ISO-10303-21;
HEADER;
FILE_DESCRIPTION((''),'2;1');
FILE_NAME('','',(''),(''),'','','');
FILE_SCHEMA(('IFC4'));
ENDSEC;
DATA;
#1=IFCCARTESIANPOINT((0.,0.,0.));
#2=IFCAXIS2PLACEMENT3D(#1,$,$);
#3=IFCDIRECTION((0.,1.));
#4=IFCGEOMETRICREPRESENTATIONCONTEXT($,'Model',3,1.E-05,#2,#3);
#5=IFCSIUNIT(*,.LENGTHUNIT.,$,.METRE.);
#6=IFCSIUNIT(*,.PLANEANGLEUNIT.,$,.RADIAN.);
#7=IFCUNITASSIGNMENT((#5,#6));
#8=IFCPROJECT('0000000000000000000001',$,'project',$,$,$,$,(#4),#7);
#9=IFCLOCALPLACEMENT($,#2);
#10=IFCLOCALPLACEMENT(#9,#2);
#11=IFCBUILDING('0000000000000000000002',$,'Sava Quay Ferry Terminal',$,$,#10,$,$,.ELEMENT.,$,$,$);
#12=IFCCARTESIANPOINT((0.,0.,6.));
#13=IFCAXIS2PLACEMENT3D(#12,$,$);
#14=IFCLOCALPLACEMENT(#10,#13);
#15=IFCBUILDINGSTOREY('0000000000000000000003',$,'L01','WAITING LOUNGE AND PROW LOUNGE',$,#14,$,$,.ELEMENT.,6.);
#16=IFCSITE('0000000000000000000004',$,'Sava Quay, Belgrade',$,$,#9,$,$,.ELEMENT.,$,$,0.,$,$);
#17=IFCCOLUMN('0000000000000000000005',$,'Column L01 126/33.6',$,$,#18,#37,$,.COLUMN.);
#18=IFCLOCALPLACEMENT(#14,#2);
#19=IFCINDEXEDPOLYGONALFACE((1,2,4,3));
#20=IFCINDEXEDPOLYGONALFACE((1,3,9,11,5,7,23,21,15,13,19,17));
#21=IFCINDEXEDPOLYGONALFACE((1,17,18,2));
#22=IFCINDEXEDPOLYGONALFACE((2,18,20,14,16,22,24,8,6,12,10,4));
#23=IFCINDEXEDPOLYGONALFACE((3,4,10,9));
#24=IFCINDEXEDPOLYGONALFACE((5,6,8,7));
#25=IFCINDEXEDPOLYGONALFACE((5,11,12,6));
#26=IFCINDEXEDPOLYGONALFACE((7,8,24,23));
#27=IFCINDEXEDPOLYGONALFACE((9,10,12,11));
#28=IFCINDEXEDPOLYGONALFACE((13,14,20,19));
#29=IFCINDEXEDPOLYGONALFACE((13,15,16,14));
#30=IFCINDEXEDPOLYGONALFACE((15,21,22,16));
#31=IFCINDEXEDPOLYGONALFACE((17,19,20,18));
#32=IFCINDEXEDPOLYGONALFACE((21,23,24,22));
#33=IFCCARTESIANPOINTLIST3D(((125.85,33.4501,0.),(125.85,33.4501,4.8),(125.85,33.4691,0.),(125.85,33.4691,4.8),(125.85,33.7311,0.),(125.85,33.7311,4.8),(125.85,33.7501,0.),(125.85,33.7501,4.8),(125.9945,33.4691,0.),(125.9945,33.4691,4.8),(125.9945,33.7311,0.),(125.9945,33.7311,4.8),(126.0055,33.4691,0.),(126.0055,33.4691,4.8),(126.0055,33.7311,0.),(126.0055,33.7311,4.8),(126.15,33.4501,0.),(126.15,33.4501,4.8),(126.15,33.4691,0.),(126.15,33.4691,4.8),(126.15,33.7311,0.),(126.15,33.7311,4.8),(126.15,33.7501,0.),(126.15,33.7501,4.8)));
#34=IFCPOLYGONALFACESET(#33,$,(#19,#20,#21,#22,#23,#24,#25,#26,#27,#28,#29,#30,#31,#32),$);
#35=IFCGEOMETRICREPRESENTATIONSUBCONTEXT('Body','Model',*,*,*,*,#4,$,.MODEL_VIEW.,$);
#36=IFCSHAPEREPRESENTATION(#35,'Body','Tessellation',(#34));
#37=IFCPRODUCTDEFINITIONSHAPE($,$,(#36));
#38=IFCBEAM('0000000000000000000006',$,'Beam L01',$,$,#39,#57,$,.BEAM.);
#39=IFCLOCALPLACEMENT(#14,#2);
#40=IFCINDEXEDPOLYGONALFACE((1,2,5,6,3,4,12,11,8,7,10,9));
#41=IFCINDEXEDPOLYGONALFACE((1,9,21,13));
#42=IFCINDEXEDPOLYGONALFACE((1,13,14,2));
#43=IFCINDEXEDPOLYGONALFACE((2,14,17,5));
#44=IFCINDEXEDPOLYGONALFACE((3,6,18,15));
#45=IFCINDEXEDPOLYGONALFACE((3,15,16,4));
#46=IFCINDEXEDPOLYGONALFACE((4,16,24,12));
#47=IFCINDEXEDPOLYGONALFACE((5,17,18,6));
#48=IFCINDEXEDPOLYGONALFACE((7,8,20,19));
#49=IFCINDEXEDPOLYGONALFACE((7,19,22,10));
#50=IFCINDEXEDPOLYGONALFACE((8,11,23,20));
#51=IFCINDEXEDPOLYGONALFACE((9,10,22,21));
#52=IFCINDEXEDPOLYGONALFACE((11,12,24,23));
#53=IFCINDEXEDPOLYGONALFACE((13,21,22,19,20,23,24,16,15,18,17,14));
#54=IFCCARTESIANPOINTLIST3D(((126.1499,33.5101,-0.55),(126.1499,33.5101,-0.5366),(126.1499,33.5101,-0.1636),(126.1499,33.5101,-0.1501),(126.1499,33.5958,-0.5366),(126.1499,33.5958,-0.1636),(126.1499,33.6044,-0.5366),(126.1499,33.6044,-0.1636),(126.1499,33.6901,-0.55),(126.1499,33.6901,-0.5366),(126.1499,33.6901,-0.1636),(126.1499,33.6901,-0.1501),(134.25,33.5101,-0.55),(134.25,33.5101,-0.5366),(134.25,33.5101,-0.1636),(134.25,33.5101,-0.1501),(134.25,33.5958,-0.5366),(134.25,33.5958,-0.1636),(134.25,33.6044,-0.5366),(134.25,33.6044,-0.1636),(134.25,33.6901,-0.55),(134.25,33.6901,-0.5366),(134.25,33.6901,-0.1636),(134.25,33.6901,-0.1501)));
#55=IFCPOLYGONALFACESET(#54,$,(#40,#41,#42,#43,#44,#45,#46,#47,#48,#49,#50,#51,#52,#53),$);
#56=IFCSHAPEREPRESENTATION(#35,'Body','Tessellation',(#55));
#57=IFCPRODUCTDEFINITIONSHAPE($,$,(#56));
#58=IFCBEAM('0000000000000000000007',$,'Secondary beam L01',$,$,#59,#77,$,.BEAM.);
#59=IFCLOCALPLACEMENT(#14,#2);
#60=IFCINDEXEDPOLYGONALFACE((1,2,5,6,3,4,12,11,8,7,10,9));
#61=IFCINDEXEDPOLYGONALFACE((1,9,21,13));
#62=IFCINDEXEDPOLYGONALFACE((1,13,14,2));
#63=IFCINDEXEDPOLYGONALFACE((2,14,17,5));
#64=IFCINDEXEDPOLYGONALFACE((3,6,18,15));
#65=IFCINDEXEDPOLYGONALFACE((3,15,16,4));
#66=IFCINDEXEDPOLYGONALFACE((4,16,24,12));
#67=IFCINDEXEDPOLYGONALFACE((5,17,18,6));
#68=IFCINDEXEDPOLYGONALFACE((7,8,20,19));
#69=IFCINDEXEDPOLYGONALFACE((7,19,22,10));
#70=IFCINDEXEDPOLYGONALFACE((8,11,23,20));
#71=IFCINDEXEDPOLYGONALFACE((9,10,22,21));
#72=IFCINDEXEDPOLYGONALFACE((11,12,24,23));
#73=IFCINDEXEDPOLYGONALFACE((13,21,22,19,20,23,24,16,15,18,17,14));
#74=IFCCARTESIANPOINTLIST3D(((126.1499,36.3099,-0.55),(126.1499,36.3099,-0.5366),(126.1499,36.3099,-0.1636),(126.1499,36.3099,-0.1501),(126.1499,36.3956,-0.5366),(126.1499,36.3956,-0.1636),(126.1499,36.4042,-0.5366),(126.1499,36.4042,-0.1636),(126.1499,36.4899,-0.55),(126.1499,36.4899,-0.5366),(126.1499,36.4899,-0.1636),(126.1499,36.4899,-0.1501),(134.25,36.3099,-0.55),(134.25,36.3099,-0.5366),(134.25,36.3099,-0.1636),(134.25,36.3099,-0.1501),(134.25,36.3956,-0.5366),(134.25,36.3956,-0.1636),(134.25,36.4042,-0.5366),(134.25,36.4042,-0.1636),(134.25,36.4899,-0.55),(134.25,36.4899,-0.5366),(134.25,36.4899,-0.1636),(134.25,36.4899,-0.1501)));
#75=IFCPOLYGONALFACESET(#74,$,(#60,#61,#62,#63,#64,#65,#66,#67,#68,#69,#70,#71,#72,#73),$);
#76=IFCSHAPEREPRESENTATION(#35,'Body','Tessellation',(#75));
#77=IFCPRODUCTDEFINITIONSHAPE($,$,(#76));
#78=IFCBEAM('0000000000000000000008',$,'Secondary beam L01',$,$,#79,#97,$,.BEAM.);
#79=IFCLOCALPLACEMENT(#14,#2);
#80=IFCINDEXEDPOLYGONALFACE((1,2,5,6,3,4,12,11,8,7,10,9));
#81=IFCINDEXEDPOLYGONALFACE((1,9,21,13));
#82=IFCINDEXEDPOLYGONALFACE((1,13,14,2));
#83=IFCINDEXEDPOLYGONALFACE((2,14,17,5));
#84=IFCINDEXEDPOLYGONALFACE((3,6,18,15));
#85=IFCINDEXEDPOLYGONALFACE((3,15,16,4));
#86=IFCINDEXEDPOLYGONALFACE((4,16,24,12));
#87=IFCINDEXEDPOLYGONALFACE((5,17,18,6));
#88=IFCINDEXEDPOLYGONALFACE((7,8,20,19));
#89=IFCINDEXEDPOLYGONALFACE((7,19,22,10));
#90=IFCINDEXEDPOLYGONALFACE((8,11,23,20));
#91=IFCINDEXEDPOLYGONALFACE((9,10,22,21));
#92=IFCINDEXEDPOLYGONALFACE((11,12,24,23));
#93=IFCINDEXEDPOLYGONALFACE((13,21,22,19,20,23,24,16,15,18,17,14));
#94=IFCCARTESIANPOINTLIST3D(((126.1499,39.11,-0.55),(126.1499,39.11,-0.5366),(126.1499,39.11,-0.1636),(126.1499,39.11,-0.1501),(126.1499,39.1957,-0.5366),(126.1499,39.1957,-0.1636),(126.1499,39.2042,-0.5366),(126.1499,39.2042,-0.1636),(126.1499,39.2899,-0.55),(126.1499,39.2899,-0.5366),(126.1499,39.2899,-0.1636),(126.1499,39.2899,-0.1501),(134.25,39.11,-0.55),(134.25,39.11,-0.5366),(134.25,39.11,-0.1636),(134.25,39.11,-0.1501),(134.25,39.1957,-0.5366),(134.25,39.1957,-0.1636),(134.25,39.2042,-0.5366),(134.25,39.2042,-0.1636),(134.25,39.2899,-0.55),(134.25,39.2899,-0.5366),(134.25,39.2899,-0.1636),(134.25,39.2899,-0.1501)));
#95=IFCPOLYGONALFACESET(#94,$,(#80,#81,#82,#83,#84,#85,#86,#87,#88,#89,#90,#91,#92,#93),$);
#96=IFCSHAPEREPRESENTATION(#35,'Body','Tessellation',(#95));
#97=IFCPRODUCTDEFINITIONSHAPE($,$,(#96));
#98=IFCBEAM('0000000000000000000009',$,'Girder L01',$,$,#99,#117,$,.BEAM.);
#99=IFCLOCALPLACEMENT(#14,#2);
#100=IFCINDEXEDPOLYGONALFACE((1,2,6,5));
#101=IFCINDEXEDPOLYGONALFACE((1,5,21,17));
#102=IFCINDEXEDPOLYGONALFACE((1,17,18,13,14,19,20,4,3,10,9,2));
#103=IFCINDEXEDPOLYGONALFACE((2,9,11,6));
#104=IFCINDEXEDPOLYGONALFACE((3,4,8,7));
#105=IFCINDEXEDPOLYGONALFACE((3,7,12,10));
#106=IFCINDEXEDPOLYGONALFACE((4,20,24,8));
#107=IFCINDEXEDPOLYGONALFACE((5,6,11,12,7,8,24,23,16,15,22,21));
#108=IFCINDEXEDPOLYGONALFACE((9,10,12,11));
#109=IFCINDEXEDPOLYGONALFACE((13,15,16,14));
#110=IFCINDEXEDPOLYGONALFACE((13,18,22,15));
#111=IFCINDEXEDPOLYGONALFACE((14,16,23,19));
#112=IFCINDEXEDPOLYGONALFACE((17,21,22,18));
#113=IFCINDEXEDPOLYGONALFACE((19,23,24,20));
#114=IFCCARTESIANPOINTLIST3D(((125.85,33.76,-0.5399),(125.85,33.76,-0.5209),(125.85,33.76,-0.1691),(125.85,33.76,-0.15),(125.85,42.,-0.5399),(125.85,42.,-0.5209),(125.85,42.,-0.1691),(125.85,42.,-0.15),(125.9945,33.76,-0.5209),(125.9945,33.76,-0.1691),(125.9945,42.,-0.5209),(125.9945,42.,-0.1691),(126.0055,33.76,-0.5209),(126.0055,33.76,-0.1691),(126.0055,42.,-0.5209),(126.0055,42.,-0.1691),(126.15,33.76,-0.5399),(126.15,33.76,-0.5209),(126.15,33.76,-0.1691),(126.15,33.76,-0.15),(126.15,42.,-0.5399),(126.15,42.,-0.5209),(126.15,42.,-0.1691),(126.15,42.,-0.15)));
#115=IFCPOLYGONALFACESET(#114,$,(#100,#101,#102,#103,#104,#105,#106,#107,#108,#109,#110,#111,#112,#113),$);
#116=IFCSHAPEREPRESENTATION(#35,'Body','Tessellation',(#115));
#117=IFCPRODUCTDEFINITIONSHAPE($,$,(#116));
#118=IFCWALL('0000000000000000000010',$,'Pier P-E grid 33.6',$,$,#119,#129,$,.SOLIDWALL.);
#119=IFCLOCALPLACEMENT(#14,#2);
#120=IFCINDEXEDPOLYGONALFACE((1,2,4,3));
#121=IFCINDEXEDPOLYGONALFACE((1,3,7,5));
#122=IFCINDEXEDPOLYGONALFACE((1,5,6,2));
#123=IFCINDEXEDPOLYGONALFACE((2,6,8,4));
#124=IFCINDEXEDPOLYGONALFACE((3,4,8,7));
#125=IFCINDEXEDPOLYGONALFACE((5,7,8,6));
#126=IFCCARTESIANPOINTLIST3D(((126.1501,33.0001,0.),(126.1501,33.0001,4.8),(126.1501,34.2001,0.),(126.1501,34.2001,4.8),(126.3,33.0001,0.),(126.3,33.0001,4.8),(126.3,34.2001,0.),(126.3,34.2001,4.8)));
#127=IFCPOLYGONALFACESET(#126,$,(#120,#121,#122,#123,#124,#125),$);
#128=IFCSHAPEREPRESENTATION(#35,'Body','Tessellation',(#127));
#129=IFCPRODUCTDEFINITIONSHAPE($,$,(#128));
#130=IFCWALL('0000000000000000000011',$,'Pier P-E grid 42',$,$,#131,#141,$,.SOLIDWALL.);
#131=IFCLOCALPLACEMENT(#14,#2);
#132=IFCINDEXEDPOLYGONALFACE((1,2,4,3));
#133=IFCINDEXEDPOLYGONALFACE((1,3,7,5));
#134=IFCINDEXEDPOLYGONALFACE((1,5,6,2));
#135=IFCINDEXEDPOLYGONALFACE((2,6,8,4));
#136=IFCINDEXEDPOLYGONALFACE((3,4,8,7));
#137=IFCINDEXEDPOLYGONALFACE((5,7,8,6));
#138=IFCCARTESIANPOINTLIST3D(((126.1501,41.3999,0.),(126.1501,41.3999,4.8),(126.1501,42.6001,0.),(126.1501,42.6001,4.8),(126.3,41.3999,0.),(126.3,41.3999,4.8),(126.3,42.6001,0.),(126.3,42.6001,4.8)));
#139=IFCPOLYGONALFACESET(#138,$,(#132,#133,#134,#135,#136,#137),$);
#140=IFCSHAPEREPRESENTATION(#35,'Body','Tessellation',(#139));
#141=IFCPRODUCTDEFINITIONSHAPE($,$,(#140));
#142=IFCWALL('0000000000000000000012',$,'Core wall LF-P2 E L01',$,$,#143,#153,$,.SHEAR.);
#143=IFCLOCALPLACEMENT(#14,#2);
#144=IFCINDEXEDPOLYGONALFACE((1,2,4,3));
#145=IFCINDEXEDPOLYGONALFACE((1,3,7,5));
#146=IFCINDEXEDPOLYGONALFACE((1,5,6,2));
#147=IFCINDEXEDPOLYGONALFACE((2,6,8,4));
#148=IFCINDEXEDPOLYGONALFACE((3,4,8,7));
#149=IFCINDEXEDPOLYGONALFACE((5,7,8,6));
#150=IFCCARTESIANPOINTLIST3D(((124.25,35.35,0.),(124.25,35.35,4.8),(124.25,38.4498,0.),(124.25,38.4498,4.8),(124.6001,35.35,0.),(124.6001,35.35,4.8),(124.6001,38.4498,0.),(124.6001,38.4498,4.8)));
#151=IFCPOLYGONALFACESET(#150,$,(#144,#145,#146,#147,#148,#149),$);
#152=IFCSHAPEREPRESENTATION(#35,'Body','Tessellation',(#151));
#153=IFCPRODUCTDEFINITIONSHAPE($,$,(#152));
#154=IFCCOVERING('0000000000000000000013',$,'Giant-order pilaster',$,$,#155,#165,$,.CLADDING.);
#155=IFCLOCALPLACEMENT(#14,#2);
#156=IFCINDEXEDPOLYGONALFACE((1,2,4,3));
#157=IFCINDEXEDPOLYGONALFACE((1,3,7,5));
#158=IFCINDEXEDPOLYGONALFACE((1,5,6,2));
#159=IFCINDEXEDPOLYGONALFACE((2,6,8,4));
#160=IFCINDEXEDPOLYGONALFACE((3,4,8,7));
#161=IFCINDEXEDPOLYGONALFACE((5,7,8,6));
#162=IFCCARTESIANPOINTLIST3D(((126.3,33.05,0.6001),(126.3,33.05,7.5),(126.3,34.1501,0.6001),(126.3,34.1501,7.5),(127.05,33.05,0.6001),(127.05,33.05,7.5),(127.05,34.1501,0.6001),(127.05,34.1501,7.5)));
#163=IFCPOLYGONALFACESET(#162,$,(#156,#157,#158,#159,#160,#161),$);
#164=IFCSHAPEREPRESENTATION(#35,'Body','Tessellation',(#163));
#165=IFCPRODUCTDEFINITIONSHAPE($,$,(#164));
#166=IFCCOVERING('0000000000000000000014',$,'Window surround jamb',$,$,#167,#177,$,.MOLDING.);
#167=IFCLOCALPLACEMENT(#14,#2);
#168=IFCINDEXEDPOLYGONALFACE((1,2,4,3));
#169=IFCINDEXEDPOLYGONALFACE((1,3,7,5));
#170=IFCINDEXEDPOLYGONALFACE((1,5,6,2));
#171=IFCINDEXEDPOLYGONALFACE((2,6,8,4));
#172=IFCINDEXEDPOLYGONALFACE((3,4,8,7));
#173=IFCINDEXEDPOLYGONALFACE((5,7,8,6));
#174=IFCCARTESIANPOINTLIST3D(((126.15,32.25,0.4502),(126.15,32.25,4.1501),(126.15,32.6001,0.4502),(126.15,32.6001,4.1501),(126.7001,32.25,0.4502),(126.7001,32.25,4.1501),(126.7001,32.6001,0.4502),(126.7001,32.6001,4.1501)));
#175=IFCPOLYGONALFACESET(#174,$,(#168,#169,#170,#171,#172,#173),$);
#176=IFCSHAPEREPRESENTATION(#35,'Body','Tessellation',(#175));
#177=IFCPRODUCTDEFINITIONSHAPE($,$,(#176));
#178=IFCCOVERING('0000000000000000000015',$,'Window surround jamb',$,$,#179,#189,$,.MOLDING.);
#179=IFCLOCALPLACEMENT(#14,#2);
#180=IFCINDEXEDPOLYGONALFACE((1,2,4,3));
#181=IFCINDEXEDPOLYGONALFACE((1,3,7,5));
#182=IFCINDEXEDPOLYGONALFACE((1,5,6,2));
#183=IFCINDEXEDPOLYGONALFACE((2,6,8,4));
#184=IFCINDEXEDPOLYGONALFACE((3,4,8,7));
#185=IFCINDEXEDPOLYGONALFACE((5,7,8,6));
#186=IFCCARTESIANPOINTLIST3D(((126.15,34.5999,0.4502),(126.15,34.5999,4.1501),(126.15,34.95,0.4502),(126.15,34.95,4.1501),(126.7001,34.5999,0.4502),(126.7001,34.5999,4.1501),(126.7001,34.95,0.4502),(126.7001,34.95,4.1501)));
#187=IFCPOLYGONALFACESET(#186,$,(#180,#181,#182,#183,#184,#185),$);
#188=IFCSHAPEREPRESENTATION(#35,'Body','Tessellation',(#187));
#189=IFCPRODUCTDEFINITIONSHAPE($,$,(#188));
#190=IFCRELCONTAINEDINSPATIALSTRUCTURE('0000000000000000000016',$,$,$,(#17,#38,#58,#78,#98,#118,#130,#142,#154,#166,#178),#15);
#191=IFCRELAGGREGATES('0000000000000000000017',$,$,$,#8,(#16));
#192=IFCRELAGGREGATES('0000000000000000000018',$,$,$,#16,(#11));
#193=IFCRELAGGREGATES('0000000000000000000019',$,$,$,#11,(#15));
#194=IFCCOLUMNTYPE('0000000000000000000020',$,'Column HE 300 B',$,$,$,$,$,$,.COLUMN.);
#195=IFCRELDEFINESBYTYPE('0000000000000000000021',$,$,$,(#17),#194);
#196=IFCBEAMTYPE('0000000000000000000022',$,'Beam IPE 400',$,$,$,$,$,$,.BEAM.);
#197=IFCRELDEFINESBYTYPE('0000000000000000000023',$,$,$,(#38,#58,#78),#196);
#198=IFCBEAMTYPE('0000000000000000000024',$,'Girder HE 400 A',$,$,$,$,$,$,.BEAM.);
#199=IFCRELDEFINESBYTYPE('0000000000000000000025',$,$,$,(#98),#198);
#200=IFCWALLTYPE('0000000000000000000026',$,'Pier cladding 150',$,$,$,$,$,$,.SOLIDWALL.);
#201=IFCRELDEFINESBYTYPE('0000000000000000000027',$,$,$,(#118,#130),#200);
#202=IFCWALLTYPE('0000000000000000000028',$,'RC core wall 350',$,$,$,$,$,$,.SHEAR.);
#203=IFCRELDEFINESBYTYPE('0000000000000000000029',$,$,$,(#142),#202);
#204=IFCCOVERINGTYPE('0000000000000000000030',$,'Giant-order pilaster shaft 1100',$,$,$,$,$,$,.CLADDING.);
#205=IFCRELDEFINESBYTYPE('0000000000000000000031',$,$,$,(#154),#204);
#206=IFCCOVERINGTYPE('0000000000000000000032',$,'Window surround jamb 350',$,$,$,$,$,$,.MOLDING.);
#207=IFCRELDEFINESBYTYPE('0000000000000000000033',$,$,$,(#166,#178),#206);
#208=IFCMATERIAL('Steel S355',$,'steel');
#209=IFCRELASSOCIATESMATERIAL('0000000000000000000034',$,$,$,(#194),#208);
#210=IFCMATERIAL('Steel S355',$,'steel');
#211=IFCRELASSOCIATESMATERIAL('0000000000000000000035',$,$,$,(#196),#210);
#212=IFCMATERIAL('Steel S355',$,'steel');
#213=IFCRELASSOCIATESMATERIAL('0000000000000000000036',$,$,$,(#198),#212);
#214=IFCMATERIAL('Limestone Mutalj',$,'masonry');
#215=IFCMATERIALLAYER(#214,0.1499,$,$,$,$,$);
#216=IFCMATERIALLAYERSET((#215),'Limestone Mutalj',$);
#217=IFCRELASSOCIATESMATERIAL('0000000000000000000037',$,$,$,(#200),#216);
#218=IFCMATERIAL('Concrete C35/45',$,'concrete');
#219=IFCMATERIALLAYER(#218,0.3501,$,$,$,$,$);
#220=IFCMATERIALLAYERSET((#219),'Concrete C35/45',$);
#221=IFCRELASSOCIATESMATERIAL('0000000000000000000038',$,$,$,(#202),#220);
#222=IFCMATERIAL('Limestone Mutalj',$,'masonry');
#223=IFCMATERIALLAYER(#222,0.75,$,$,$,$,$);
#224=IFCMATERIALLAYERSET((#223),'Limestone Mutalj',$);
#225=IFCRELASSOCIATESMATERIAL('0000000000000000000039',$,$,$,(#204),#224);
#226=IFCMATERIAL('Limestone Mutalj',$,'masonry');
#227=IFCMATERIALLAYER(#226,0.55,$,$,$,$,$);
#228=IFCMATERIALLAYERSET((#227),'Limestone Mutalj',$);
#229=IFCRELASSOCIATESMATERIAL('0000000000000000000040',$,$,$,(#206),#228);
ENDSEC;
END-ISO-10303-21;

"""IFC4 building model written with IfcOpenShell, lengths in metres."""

from ifc_helpers import new_model, si_unit, direction, frame, frame_2d, origin, origin_2d, place, context, subcontext, project, spatial, rectangle, i_section, extrude, material, layer, layer_set, material_profile, profile_set, type_object, element, save


model = new_model("IFC4")

# Units and contexts
model_context = context("Model", 3, precision=1e-05, world=origin(), true_north=direction((0.0, 1.0)))
body_context = subcontext(model_context, "Body", "Model", "MODEL_VIEW")
ifc_project = project(units=[si_unit("LENGTHUNIT", "METRE"), si_unit("PLANEANGLEUNIT", "RADIAN")], contexts=[model_context])

# Site, building, storey
site_placement = place(None, origin())
site = spatial("IfcSite", under=ifc_project, at=site_placement, Name="Sava Quay, Belgrade", CompositionType="ELEMENT", RefElevation=0.0)
building_placement = place(site_placement, origin())
building = spatial("IfcBuilding", under=site, at=building_placement, Name="Sava Quay Ferry Terminal", CompositionType="ELEMENT")
storey_placement = place(building_placement, frame((0.0, 0.0, 6.0)))
storey = spatial("IfcBuildingStorey", under=building, at=storey_placement, Name="L01", Description="WAITING LOUNGE AND PROW LOUNGE", CompositionType="ELEMENT", Elevation=6.0)

# Column
ifc_material_1 = material(Name="Steel S355", Category="steel")
ifc_material_profile_1 = material_profile(ifc_material_1, i_section(OverallWidth=0.3, OverallDepth=0.3, WebThickness=0.011, FlangeThickness=0.019, at=origin_2d()), Name="HE 300 B")
ifc_profile_set_1 = profile_set([ifc_material_profile_1], Name="Steel S355")
column_type = type_object("IfcColumnType", Name="Column HE 300 B", PredefinedType="COLUMN", material=ifc_profile_set_1)
column_placement = place(storey_placement, frame((126.0, 33.6001, 0.0), z_axis=(0.0, 0.0, 1.0), x_axis=(1.0, 0.0, 0.0)))
element("IfcColumn", 1, at=column_placement, inside=storey, type_object=column_type, Name="Column L01 126/33.6", PredefinedType="COLUMN", context=body_context, shape_type="SweptSolid", body=[
    extrude(i_section(OverallWidth=0.3, OverallDepth=0.3, WebThickness=0.011, FlangeThickness=0.019, at=origin_2d()), origin(), (0.0, 0.0, 1.0), 4.8),
])

# Beams
ifc_material_2 = material(Name="Steel S355", Category="steel")
ifc_material_profile_2 = material_profile(ifc_material_2, i_section(OverallWidth=0.1799, OverallDepth=0.3999, WebThickness=0.0085, FlangeThickness=0.0134, at=origin_2d()), Name="IPE 400")
ifc_profile_set_2 = profile_set([ifc_material_profile_2], Name="Steel S355")
beam_type_1 = type_object("IfcBeamType", Name="Beam IPE 400", PredefinedType="BEAM", material=ifc_profile_set_2)
for number, where, z_axis, x_axis, name in (
    (2, (126.1499, 33.6001, -0.3501), (1.0, 0.0, 0.0), (0.0, 1.0, 0.0), "Beam L01"),
    (3, (126.1499, 36.3999, -0.3501), (1.0, 0.0, 0.0), (0.0, 1.0, 0.0), "Secondary beam L01"),
    (4, (126.1499, 39.2, -0.3501), (1.0, 0.0, 0.0), (0.0, 1.0, 0.0), "Secondary beam L01"),
):
    element("IfcBeam", number, at=place(storey_placement, frame(where, z_axis=z_axis, x_axis=x_axis)), inside=storey, type_object=beam_type_1, Name=name, PredefinedType="BEAM", context=body_context, shape_type="SweptSolid", body=[
        extrude(i_section(OverallWidth=0.1799, OverallDepth=0.3999, WebThickness=0.0085, FlangeThickness=0.0134, at=origin_2d()), origin(), (0.0, 0.0, 1.0), 8.1001),
    ])
ifc_material_3 = material(Name="Steel S355", Category="steel")
ifc_material_profile_3 = material_profile(ifc_material_3, i_section(OverallWidth=0.3, OverallDepth=0.3899, WebThickness=0.011, FlangeThickness=0.019, at=origin_2d()), Name="HE 400 A")
ifc_profile_set_3 = profile_set([ifc_material_profile_3], Name="Steel S355")
beam_type_2 = type_object("IfcBeamType", Name="Girder HE 400 A", PredefinedType="BEAM", material=ifc_profile_set_3)
beam_placement = place(storey_placement, frame((126.0, 33.76, -0.345), z_axis=(0.0, 1.0, 0.0), x_axis=(-1.0, 0.0, 0.0)))
element("IfcBeam", 5, at=beam_placement, inside=storey, type_object=beam_type_2, Name="Girder L01", PredefinedType="BEAM", context=body_context, shape_type="SweptSolid", body=[
    extrude(i_section(OverallWidth=0.3, OverallDepth=0.3899, WebThickness=0.011, FlangeThickness=0.019, at=origin_2d()), origin(), (0.0, 0.0, 1.0), 8.24),
])

# Walls
ifc_material_4 = material(Name="Limestone Mutalj", Category="masonry")
ifc_layer_1 = layer(ifc_material_4, 0.1499)
ifc_layer_set_1 = layer_set([ifc_layer_1], Name="Limestone Mutalj")
wall_type_1 = type_object("IfcWallType", Name="Pier cladding 150", PredefinedType="SOLIDWALL", material=ifc_layer_set_1)
wall_1_placement = place(storey_placement, frame((126.2251, 33.0, 0.0), z_axis=(0.0, 0.0, 1.0), x_axis=(0.0, 1.0, 0.0)))
element("IfcWall", 6, at=wall_1_placement, inside=storey, type_object=wall_type_1, Name="Pier P-E grid 33.6", PredefinedType="SOLIDWALL", context=body_context, shape_type="SweptSolid", body=[
    extrude(rectangle(XDim=1.2, YDim=0.1499, at=frame_2d((0.6001, 0.0))), origin(), (0.0, 0.0, 1.0), 4.8),
])
wall_2_placement = place(storey_placement, frame((126.2251, 41.3999, 0.0), z_axis=(0.0, 0.0, 1.0), x_axis=(0.0, 1.0, 0.0)))
element("IfcWall", 7, at=wall_2_placement, inside=storey, type_object=wall_type_1, Name="Pier P-E grid 42", PredefinedType="SOLIDWALL", context=body_context, shape_type="SweptSolid", body=[
    extrude(rectangle(XDim=1.2002, YDim=0.1499, at=frame_2d((0.6001, 0.0))), origin(), (0.0, 0.0, 1.0), 4.8),
])
ifc_material_5 = material(Name="Concrete C35/45", Category="concrete")
ifc_layer_2 = layer(ifc_material_5, 0.3501)
ifc_layer_set_2 = layer_set([ifc_layer_2], Name="Concrete C35/45")
wall_type_2 = type_object("IfcWallType", Name="RC core wall 350", PredefinedType="SHEAR", material=ifc_layer_set_2)
wall_3_placement = place(storey_placement, frame((124.425, 35.3501, 0.0), z_axis=(0.0, 0.0, 1.0), x_axis=(0.0, 1.0, 0.0)))
element("IfcWall", 8, at=wall_3_placement, inside=storey, type_object=wall_type_2, Name="Core wall LF-P2 E L01", PredefinedType="SHEAR", context=body_context, shape_type="SweptSolid", body=[
    extrude(rectangle(XDim=3.0999, YDim=0.3501, at=frame_2d((1.5498, 0.0))), origin(), (0.0, 0.0, 1.0), 4.8),
])

# Coverings
ifc_material_6 = material(Name="Limestone Mutalj", Category="masonry")
ifc_layer_3 = layer(ifc_material_6, 0.75)
ifc_layer_set_3 = layer_set([ifc_layer_3], Name="Limestone Mutalj")
covering_type_1 = type_object("IfcCoveringType", Name="Giant-order pilaster shaft 1100", PredefinedType="CLADDING", material=ifc_layer_set_3)
covering_1_placement = place(storey_placement, frame((126.675, 33.6001, 0.6001), z_axis=(0.0, 0.0, 1.0), x_axis=(1.0, 0.0, 0.0)))
element("IfcCovering", 9, at=covering_1_placement, inside=storey, type_object=covering_type_1, Name="Giant-order pilaster", PredefinedType="CLADDING", context=body_context, shape_type="SweptSolid", body=[
    extrude(rectangle(XDim=0.75, YDim=1.1001, at=origin_2d()), origin(), (0.0, 0.0, 1.0), 6.8999),
])
ifc_material_7 = material(Name="Limestone Mutalj", Category="masonry")
ifc_layer_4 = layer(ifc_material_7, 0.55)
ifc_layer_set_4 = layer_set([ifc_layer_4], Name="Limestone Mutalj")
covering_type_2 = type_object("IfcCoveringType", Name="Window surround jamb 350", PredefinedType="MOLDING", material=ifc_layer_set_4)
for number, where, z_axis, x_axis, name in (
    (10, (126.425, 32.425, 0.4502), (0.0, 0.0, 1.0), (1.0, 0.0, 0.0), "Window surround jamb"),
    (11, (126.425, 34.7749, 0.4502), (0.0, 0.0, 1.0), (1.0, 0.0, 0.0), "Window surround jamb"),
):
    element("IfcCovering", number, at=place(storey_placement, frame(where, z_axis=z_axis, x_axis=x_axis)), inside=storey, type_object=covering_type_2, Name=name, PredefinedType="MOLDING", context=body_context, shape_type="SweptSolid", body=[
        extrude(rectangle(XDim=0.55, YDim=0.3501, at=origin_2d()), origin(), (0.0, 0.0, 1.0), 3.7),
    ])

save(model, "model.ifc")
